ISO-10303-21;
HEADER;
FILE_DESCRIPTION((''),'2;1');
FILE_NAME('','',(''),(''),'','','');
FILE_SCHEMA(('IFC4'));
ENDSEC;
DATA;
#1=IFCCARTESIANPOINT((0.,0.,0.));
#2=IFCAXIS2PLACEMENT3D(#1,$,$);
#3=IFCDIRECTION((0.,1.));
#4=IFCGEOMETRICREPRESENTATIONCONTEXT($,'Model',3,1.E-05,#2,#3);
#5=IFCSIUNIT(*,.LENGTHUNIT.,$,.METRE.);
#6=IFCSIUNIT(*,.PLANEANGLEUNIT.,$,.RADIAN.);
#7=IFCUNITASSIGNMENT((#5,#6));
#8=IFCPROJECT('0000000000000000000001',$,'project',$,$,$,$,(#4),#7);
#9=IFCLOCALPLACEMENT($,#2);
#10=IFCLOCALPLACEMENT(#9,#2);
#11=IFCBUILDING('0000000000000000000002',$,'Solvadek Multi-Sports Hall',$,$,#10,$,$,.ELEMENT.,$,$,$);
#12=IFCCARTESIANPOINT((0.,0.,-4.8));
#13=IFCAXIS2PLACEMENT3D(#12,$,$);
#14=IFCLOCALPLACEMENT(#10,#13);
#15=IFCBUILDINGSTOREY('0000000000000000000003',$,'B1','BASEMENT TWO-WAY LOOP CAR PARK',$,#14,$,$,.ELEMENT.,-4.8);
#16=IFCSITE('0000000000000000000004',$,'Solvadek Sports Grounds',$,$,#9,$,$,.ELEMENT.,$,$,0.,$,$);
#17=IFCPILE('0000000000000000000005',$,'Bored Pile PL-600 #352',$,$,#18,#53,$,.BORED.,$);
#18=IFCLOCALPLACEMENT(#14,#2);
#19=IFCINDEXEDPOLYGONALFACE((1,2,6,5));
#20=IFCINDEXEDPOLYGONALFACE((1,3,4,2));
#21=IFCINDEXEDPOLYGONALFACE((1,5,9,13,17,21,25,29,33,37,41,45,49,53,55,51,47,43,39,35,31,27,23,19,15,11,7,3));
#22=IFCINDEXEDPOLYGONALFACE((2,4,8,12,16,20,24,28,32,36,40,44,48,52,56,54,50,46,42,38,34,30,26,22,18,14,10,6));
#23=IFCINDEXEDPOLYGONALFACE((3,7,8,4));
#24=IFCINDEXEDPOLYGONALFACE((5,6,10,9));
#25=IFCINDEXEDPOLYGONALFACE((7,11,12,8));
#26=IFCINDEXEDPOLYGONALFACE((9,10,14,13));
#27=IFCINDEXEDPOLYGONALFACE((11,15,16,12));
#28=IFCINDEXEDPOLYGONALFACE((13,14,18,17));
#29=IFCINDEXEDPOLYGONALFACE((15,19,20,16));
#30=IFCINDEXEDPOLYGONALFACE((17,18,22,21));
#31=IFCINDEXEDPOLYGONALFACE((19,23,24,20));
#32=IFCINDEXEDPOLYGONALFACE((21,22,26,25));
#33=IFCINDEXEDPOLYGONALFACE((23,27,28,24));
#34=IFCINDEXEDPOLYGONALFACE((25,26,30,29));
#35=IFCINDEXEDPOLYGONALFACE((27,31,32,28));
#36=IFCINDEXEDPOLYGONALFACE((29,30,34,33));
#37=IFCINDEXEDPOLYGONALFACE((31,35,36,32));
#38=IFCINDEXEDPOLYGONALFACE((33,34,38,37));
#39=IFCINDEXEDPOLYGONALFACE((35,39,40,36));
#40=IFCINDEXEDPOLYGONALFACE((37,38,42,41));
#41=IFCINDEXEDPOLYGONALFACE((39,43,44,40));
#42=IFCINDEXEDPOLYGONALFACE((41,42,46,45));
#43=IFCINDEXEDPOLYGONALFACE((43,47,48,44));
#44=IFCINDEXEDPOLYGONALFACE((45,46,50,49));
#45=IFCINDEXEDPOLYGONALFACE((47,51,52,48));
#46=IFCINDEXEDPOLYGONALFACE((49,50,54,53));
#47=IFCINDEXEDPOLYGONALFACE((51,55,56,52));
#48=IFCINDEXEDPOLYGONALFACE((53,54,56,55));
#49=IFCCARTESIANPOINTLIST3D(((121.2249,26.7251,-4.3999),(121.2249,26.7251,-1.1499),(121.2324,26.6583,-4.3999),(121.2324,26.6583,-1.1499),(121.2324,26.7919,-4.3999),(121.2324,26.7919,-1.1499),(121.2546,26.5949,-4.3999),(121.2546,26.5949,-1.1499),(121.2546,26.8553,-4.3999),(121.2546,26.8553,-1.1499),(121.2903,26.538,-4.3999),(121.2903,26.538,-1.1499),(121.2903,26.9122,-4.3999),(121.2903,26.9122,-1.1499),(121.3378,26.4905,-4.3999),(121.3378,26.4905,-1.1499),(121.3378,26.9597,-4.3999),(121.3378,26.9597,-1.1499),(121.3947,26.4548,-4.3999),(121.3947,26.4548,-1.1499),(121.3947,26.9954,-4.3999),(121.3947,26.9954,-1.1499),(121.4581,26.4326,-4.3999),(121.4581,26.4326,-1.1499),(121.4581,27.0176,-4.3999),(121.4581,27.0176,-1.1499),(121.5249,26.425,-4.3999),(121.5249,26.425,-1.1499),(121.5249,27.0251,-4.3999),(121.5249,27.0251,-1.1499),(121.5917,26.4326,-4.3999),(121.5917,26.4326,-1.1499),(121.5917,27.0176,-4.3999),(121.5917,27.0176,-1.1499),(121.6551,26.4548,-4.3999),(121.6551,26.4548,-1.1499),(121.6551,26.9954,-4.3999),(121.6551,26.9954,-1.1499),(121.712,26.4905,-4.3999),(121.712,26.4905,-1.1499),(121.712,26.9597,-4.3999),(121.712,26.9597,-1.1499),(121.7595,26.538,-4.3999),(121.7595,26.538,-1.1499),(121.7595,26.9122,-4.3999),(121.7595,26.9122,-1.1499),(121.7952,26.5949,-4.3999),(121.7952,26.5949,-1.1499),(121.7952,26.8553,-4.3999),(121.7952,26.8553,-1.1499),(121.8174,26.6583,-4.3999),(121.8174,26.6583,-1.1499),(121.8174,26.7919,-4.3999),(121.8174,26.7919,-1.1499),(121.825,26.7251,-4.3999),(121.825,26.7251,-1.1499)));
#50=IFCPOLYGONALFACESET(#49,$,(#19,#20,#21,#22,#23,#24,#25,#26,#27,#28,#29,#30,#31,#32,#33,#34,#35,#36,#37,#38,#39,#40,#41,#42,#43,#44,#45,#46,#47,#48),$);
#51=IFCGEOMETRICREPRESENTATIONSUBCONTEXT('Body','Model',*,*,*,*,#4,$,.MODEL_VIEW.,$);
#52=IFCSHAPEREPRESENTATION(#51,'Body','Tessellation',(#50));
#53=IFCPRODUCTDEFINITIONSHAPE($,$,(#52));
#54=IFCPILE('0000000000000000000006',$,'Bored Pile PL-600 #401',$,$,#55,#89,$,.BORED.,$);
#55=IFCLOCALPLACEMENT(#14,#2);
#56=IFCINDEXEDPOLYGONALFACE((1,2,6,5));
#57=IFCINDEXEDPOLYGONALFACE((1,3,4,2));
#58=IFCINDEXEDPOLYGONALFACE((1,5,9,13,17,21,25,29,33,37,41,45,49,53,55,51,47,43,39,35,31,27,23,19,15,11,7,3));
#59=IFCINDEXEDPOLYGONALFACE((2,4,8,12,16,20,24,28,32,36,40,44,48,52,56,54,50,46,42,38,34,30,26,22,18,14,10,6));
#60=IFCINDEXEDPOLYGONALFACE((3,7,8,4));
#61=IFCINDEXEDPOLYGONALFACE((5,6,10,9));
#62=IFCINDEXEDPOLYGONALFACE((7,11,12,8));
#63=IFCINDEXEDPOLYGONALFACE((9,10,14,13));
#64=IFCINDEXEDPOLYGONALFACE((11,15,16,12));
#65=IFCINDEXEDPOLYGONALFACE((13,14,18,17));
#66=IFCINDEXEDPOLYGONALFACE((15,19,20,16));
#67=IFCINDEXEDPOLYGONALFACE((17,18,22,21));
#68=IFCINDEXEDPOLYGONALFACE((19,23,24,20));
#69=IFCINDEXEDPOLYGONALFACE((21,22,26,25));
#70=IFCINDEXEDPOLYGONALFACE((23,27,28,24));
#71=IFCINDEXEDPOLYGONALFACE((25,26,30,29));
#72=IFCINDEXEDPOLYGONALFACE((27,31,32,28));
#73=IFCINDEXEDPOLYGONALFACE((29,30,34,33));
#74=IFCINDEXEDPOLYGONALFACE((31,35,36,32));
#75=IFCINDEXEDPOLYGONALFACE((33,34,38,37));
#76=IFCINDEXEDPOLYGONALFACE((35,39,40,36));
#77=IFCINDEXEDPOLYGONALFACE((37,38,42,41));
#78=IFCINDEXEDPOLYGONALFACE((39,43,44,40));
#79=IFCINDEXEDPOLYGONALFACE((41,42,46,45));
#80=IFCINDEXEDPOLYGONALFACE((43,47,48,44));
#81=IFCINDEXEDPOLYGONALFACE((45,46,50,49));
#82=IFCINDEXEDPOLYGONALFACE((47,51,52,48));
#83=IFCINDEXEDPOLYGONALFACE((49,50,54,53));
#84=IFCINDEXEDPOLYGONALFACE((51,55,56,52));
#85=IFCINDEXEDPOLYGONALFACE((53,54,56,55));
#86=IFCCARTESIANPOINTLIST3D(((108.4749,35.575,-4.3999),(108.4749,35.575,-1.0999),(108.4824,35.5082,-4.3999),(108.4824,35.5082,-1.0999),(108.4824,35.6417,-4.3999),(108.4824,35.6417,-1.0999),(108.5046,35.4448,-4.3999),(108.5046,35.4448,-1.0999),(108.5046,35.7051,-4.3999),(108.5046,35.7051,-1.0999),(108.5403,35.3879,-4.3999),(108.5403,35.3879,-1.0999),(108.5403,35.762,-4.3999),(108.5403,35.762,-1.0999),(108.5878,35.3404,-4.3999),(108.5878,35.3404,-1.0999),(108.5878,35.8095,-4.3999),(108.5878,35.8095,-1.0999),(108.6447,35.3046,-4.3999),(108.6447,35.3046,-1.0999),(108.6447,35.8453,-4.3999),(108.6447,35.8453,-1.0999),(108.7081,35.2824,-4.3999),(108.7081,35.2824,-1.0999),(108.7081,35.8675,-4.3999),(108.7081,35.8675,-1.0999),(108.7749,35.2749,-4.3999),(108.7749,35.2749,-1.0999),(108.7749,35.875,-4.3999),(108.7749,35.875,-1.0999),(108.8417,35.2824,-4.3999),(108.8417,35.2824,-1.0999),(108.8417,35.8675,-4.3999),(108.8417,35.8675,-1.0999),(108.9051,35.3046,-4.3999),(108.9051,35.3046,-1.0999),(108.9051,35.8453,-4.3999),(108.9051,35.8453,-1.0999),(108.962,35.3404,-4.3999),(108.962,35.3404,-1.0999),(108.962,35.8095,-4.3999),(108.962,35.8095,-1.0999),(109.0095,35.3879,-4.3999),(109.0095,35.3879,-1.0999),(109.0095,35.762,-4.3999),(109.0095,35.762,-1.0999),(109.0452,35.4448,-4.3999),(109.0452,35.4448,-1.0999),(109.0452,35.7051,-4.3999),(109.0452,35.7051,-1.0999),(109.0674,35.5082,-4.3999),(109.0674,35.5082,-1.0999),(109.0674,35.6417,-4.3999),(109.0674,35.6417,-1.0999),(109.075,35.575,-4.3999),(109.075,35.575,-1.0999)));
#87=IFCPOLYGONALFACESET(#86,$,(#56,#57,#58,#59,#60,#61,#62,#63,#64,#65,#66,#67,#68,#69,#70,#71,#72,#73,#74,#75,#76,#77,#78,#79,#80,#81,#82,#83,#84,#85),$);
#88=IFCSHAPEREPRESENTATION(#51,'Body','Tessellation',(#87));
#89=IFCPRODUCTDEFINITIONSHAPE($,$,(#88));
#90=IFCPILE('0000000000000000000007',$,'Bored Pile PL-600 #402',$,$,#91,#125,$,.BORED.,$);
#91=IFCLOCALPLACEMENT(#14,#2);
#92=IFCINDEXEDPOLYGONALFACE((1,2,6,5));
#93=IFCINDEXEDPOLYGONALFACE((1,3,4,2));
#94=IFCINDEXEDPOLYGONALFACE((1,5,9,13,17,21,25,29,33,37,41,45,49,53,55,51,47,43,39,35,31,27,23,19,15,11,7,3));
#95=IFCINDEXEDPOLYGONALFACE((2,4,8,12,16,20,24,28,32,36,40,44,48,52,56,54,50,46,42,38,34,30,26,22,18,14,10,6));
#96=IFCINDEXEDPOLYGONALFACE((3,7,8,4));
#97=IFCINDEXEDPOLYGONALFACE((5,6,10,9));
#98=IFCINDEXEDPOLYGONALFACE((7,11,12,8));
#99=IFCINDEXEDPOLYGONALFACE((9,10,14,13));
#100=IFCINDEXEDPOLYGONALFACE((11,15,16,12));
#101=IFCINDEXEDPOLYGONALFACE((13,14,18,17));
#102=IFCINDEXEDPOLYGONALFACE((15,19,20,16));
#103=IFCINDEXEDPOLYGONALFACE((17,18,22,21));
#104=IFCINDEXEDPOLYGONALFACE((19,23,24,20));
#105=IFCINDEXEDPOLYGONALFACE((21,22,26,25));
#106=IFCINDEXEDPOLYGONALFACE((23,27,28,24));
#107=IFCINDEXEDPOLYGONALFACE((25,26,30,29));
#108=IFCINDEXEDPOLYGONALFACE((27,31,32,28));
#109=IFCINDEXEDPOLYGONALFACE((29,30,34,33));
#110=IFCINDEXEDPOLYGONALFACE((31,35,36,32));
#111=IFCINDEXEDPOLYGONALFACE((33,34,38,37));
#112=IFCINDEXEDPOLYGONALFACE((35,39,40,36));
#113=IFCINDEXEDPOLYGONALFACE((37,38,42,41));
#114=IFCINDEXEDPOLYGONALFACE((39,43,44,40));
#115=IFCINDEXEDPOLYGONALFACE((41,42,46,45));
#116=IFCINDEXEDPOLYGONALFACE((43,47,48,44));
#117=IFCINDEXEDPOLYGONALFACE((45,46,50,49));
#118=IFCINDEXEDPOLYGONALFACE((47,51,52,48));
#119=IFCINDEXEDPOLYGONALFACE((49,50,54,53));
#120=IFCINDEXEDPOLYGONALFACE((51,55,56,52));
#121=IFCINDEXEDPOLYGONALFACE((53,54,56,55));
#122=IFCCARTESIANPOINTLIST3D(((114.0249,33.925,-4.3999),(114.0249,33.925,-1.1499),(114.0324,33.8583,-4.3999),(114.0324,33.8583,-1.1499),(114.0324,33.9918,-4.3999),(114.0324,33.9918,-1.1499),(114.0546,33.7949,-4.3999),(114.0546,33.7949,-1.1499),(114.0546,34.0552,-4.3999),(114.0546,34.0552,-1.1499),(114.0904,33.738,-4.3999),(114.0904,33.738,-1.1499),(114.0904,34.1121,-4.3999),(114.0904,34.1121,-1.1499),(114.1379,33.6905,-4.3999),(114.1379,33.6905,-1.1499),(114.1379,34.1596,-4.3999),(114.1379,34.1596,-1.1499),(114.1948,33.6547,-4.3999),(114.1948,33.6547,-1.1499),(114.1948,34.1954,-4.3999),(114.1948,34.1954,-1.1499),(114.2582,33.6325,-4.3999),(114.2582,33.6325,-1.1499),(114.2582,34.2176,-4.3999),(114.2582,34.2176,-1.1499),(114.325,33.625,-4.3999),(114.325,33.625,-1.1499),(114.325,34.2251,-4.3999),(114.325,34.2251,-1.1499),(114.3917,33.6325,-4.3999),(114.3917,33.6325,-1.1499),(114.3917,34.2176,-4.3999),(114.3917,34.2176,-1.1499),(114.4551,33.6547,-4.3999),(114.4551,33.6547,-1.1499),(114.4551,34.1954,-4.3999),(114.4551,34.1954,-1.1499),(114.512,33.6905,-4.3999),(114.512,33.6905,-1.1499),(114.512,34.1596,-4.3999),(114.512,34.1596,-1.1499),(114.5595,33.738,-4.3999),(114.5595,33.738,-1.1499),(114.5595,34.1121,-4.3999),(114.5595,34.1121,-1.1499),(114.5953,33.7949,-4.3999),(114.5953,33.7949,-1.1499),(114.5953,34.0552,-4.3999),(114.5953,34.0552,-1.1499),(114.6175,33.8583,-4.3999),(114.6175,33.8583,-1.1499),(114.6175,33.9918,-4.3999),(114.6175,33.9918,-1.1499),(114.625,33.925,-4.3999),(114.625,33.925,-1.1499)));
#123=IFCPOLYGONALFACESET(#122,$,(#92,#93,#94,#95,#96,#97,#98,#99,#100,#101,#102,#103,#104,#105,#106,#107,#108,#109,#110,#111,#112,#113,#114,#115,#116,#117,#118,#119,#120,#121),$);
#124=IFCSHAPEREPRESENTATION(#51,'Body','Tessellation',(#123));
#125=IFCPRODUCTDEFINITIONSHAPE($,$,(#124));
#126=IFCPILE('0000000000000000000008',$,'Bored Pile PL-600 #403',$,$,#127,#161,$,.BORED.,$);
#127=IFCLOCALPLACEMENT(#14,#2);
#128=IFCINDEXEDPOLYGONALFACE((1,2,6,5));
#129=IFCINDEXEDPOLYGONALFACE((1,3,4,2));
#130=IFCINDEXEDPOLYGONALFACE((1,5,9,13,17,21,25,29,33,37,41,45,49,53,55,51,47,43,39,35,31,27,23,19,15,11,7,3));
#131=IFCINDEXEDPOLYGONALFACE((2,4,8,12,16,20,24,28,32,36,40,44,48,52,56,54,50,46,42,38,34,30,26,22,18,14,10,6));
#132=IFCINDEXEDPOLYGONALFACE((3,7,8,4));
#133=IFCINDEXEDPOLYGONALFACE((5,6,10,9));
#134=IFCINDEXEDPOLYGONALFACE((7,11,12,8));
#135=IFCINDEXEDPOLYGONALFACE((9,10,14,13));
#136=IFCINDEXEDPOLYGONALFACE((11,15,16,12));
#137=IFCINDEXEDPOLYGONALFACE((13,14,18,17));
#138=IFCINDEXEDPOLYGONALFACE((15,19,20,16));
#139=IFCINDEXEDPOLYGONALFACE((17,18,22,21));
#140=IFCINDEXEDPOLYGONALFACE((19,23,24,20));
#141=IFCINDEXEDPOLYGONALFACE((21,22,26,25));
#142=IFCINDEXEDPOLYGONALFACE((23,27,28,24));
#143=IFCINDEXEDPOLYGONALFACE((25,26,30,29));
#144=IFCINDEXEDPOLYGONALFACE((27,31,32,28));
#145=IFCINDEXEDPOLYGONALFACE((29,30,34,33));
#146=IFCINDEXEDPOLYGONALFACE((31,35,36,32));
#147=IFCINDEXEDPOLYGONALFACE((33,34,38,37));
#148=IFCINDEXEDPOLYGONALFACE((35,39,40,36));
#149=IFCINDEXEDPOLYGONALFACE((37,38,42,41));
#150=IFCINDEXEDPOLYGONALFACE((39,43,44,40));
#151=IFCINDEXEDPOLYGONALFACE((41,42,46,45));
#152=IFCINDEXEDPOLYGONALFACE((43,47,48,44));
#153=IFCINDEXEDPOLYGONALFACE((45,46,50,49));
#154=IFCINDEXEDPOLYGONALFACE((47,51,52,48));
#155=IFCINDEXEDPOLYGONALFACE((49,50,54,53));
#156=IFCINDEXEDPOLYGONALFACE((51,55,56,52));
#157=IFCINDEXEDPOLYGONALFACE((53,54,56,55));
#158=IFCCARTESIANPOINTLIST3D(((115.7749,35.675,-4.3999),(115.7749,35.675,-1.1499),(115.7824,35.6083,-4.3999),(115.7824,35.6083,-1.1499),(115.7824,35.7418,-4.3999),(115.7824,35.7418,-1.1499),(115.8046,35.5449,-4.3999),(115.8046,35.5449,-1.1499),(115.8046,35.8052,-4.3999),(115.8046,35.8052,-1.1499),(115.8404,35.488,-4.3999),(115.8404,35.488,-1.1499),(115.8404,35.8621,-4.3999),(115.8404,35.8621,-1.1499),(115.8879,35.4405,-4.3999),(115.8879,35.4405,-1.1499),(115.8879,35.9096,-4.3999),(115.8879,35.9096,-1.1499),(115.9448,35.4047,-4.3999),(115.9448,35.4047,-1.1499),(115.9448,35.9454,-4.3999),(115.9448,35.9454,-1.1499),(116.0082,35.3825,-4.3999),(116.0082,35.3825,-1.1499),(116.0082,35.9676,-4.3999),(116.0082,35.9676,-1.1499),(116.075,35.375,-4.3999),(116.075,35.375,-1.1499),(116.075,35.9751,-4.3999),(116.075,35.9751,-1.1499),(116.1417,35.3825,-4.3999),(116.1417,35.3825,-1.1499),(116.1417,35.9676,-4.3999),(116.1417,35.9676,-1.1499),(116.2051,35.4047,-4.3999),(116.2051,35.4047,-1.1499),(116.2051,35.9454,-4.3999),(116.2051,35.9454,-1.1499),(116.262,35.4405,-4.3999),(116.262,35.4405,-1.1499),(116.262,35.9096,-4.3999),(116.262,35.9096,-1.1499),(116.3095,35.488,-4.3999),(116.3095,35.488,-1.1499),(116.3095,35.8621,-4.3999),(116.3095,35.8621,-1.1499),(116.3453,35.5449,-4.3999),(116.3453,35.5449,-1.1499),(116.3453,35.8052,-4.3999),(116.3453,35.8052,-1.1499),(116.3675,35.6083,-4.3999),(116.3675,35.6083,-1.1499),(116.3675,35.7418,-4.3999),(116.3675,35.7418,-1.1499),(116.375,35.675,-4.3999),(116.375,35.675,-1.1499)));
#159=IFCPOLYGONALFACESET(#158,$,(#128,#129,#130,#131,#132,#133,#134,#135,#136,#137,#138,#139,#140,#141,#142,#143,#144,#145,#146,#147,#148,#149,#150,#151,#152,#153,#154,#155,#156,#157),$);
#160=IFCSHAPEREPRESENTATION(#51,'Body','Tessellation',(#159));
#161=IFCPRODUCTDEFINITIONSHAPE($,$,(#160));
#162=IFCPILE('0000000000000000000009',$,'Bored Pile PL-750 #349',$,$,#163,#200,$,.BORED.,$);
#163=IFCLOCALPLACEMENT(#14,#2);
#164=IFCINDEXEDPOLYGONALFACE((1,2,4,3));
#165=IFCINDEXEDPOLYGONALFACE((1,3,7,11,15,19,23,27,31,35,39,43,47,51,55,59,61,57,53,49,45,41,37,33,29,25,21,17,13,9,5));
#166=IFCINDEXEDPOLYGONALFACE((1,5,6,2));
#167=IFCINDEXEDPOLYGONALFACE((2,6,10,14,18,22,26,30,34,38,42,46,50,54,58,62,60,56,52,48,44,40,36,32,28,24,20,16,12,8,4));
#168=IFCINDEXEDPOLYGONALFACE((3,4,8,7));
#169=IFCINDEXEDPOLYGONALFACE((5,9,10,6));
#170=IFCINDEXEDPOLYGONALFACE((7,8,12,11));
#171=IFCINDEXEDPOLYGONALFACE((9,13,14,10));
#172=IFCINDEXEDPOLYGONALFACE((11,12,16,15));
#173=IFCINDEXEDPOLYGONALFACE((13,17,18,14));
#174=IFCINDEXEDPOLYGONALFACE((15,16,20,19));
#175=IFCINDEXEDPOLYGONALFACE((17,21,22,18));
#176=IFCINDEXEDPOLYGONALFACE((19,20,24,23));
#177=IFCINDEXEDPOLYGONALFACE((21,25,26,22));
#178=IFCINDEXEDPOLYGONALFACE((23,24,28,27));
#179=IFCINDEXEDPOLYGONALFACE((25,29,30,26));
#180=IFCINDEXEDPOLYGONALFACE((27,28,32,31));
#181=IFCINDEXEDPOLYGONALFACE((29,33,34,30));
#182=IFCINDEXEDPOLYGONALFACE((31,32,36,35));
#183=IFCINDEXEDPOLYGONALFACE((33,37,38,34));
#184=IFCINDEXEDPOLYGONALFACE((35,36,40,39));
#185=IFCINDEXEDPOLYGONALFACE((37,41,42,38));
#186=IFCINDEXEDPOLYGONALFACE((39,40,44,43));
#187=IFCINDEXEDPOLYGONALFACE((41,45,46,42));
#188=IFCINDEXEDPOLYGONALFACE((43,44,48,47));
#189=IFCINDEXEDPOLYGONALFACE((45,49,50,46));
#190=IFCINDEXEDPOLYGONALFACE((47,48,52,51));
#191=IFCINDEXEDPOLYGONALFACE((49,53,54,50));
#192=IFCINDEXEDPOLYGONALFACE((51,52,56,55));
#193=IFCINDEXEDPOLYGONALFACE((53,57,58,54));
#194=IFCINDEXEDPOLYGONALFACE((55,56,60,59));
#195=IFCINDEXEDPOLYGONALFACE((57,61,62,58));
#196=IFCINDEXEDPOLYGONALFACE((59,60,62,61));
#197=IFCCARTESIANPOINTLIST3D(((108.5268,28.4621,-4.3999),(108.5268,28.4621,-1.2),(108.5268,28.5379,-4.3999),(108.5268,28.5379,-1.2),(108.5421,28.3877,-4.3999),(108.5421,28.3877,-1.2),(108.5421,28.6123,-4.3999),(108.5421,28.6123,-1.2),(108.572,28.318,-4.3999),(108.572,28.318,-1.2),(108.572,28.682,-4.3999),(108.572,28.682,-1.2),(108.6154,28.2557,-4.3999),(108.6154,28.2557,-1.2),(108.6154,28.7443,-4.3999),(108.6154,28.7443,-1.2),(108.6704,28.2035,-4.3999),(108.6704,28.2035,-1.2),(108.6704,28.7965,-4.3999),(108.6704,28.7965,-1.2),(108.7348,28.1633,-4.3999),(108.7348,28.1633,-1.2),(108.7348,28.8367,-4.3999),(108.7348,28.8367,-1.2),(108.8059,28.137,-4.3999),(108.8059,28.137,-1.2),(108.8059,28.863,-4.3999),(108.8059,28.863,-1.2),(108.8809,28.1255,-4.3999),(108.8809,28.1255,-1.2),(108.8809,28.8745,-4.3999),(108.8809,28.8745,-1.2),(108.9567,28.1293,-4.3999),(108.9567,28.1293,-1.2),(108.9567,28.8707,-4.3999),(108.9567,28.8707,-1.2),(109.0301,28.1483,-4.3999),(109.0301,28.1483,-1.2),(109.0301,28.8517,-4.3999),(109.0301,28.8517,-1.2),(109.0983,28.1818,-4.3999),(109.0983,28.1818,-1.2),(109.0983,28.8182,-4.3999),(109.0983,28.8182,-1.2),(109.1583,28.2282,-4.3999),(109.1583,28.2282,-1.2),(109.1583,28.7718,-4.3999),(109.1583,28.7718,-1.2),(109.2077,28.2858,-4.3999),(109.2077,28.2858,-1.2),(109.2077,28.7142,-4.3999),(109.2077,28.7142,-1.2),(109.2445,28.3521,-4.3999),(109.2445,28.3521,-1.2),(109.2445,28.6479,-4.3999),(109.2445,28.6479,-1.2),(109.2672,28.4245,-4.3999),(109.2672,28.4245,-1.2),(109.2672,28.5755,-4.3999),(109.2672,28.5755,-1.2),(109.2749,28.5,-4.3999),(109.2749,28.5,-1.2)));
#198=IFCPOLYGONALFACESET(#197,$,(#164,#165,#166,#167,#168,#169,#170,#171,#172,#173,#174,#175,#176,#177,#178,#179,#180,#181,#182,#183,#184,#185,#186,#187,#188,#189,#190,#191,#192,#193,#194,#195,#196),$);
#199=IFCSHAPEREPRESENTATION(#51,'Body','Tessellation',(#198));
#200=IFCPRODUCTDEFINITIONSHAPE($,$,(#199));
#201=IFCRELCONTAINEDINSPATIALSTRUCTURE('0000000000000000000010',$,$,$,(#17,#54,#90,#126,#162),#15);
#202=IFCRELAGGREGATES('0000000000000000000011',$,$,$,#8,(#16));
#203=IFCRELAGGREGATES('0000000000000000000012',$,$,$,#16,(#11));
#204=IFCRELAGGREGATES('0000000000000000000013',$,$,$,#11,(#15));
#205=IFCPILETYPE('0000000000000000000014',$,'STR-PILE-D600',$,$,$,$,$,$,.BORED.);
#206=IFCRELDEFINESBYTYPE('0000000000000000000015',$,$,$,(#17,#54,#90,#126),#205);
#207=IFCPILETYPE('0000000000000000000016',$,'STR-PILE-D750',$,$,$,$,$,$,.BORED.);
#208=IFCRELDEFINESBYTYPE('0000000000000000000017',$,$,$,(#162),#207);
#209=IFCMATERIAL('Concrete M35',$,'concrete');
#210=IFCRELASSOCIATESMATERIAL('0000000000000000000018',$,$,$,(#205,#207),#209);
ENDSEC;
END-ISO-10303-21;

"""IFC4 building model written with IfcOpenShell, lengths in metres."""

from ifc_helpers import new_model, si_unit, direction, frame, origin, origin_2d, place, context, subcontext, project, spatial, circle, extrude, material, material_profile, profile_set, type_object, element, save


model = new_model("IFC4")

# Units and contexts
model_context = context("Model", 3, precision=1e-05, world=origin(), true_north=direction((0.0, 1.0)))
body_context = subcontext(model_context, "Body", "Model", "MODEL_VIEW")
ifc_project = project(units=[si_unit("LENGTHUNIT", "METRE"), si_unit("PLANEANGLEUNIT", "RADIAN")], contexts=[model_context])

# Site, building, storey
site_placement = place(None, origin())
site = spatial("IfcSite", under=ifc_project, at=site_placement, Name="Solvadek Sports Grounds", CompositionType="ELEMENT", RefElevation=0.0)
building_placement = place(site_placement, origin())
building = spatial("IfcBuilding", under=site, at=building_placement, Name="Solvadek Multi-Sports Hall", CompositionType="ELEMENT")
storey_placement = place(building_placement, frame((0.0, 0.0, -4.8)))
storey = spatial("IfcBuildingStorey", under=building, at=storey_placement, Name="B1", Description="BASEMENT TWO-WAY LOOP CAR PARK", CompositionType="ELEMENT", Elevation=-4.8)

# Piles
ifc_material_1 = material(Name="Concrete M35", Category="concrete")
ifc_material_profile_1 = material_profile(ifc_material_1, circle(Radius=0.3, at=origin_2d()), Name="BORED PILE D600")
ifc_profile_set_1 = profile_set([ifc_material_profile_1], Name="Concrete M35")
pile_type_1 = type_object("IfcPileType", Name="STR-PILE-D600", PredefinedType="BORED", material=ifc_profile_set_1)
pile_1_placement = place(storey_placement, frame((121.5249, 26.7251, -1.1499), z_axis=(0.0, 0.0, -1.0), x_axis=(1.0, 0.0, 0.0)))
element("IfcPile", 1, at=pile_1_placement, inside=storey, type_object=pile_type_1, Name="Bored Pile PL-600 #352", PredefinedType="BORED", context=body_context, shape_type="SweptSolid", body=[
    extrude(circle(Radius=0.3, at=origin_2d()), origin(), (0.0, 0.0, 1.0), 3.25),
])
pile_2_placement = place(storey_placement, frame((108.7749, 35.575, -1.0999), z_axis=(0.0, 0.0, -1.0), x_axis=(1.0, 0.0, 0.0)))
element("IfcPile", 2, at=pile_2_placement, inside=storey, type_object=pile_type_1, Name="Bored Pile PL-600 #401", PredefinedType="BORED", context=body_context, shape_type="SweptSolid", body=[
    extrude(circle(Radius=0.3, at=origin_2d()), origin(), (0.0, 0.0, 1.0), 3.3),
])
for number, where, z_axis, x_axis, name in (
    (3, (114.325, 33.925, -1.1499), (0.0, 0.0, -1.0), (1.0, 0.0, 0.0), "Bored Pile PL-600 #402"),
    (4, (116.075, 35.675, -1.1499), (0.0, 0.0, -1.0), (1.0, 0.0, 0.0), "Bored Pile PL-600 #403"),
):
    element("IfcPile", number, at=place(storey_placement, frame(where, z_axis=z_axis, x_axis=x_axis)), inside=storey, type_object=pile_type_1, Name=name, PredefinedType="BORED", context=body_context, shape_type="SweptSolid", body=[
        extrude(circle(Radius=0.3, at=origin_2d()), origin(), (0.0, 0.0, 1.0), 3.25),
    ])
ifc_material_profile_2 = material_profile(ifc_material_1, circle(Radius=0.375, at=origin_2d()), Name="BORED PILE D750")
ifc_profile_set_2 = profile_set([ifc_material_profile_2], Name="Concrete M35")
pile_type_2 = type_object("IfcPileType", Name="STR-PILE-D750", PredefinedType="BORED", material=ifc_profile_set_2)
for number, where, z_axis, x_axis, name in (
    (5, (108.8999, 28.5, -1.2), (0.0, 0.0, -1.0), (1.0, 0.0, 0.0), "Bored Pile PL-750 #349"),
):
    element("IfcPile", number, at=place(storey_placement, frame(where, z_axis=z_axis, x_axis=x_axis)), inside=storey, type_object=pile_type_2, Name=name, PredefinedType="BORED", context=body_context, shape_type="SweptSolid", body=[
        extrude(circle(Radius=0.375, at=origin_2d()), origin(), (0.0, 0.0, 1.0), 3.2),
    ])

save(model, "model.ifc")
